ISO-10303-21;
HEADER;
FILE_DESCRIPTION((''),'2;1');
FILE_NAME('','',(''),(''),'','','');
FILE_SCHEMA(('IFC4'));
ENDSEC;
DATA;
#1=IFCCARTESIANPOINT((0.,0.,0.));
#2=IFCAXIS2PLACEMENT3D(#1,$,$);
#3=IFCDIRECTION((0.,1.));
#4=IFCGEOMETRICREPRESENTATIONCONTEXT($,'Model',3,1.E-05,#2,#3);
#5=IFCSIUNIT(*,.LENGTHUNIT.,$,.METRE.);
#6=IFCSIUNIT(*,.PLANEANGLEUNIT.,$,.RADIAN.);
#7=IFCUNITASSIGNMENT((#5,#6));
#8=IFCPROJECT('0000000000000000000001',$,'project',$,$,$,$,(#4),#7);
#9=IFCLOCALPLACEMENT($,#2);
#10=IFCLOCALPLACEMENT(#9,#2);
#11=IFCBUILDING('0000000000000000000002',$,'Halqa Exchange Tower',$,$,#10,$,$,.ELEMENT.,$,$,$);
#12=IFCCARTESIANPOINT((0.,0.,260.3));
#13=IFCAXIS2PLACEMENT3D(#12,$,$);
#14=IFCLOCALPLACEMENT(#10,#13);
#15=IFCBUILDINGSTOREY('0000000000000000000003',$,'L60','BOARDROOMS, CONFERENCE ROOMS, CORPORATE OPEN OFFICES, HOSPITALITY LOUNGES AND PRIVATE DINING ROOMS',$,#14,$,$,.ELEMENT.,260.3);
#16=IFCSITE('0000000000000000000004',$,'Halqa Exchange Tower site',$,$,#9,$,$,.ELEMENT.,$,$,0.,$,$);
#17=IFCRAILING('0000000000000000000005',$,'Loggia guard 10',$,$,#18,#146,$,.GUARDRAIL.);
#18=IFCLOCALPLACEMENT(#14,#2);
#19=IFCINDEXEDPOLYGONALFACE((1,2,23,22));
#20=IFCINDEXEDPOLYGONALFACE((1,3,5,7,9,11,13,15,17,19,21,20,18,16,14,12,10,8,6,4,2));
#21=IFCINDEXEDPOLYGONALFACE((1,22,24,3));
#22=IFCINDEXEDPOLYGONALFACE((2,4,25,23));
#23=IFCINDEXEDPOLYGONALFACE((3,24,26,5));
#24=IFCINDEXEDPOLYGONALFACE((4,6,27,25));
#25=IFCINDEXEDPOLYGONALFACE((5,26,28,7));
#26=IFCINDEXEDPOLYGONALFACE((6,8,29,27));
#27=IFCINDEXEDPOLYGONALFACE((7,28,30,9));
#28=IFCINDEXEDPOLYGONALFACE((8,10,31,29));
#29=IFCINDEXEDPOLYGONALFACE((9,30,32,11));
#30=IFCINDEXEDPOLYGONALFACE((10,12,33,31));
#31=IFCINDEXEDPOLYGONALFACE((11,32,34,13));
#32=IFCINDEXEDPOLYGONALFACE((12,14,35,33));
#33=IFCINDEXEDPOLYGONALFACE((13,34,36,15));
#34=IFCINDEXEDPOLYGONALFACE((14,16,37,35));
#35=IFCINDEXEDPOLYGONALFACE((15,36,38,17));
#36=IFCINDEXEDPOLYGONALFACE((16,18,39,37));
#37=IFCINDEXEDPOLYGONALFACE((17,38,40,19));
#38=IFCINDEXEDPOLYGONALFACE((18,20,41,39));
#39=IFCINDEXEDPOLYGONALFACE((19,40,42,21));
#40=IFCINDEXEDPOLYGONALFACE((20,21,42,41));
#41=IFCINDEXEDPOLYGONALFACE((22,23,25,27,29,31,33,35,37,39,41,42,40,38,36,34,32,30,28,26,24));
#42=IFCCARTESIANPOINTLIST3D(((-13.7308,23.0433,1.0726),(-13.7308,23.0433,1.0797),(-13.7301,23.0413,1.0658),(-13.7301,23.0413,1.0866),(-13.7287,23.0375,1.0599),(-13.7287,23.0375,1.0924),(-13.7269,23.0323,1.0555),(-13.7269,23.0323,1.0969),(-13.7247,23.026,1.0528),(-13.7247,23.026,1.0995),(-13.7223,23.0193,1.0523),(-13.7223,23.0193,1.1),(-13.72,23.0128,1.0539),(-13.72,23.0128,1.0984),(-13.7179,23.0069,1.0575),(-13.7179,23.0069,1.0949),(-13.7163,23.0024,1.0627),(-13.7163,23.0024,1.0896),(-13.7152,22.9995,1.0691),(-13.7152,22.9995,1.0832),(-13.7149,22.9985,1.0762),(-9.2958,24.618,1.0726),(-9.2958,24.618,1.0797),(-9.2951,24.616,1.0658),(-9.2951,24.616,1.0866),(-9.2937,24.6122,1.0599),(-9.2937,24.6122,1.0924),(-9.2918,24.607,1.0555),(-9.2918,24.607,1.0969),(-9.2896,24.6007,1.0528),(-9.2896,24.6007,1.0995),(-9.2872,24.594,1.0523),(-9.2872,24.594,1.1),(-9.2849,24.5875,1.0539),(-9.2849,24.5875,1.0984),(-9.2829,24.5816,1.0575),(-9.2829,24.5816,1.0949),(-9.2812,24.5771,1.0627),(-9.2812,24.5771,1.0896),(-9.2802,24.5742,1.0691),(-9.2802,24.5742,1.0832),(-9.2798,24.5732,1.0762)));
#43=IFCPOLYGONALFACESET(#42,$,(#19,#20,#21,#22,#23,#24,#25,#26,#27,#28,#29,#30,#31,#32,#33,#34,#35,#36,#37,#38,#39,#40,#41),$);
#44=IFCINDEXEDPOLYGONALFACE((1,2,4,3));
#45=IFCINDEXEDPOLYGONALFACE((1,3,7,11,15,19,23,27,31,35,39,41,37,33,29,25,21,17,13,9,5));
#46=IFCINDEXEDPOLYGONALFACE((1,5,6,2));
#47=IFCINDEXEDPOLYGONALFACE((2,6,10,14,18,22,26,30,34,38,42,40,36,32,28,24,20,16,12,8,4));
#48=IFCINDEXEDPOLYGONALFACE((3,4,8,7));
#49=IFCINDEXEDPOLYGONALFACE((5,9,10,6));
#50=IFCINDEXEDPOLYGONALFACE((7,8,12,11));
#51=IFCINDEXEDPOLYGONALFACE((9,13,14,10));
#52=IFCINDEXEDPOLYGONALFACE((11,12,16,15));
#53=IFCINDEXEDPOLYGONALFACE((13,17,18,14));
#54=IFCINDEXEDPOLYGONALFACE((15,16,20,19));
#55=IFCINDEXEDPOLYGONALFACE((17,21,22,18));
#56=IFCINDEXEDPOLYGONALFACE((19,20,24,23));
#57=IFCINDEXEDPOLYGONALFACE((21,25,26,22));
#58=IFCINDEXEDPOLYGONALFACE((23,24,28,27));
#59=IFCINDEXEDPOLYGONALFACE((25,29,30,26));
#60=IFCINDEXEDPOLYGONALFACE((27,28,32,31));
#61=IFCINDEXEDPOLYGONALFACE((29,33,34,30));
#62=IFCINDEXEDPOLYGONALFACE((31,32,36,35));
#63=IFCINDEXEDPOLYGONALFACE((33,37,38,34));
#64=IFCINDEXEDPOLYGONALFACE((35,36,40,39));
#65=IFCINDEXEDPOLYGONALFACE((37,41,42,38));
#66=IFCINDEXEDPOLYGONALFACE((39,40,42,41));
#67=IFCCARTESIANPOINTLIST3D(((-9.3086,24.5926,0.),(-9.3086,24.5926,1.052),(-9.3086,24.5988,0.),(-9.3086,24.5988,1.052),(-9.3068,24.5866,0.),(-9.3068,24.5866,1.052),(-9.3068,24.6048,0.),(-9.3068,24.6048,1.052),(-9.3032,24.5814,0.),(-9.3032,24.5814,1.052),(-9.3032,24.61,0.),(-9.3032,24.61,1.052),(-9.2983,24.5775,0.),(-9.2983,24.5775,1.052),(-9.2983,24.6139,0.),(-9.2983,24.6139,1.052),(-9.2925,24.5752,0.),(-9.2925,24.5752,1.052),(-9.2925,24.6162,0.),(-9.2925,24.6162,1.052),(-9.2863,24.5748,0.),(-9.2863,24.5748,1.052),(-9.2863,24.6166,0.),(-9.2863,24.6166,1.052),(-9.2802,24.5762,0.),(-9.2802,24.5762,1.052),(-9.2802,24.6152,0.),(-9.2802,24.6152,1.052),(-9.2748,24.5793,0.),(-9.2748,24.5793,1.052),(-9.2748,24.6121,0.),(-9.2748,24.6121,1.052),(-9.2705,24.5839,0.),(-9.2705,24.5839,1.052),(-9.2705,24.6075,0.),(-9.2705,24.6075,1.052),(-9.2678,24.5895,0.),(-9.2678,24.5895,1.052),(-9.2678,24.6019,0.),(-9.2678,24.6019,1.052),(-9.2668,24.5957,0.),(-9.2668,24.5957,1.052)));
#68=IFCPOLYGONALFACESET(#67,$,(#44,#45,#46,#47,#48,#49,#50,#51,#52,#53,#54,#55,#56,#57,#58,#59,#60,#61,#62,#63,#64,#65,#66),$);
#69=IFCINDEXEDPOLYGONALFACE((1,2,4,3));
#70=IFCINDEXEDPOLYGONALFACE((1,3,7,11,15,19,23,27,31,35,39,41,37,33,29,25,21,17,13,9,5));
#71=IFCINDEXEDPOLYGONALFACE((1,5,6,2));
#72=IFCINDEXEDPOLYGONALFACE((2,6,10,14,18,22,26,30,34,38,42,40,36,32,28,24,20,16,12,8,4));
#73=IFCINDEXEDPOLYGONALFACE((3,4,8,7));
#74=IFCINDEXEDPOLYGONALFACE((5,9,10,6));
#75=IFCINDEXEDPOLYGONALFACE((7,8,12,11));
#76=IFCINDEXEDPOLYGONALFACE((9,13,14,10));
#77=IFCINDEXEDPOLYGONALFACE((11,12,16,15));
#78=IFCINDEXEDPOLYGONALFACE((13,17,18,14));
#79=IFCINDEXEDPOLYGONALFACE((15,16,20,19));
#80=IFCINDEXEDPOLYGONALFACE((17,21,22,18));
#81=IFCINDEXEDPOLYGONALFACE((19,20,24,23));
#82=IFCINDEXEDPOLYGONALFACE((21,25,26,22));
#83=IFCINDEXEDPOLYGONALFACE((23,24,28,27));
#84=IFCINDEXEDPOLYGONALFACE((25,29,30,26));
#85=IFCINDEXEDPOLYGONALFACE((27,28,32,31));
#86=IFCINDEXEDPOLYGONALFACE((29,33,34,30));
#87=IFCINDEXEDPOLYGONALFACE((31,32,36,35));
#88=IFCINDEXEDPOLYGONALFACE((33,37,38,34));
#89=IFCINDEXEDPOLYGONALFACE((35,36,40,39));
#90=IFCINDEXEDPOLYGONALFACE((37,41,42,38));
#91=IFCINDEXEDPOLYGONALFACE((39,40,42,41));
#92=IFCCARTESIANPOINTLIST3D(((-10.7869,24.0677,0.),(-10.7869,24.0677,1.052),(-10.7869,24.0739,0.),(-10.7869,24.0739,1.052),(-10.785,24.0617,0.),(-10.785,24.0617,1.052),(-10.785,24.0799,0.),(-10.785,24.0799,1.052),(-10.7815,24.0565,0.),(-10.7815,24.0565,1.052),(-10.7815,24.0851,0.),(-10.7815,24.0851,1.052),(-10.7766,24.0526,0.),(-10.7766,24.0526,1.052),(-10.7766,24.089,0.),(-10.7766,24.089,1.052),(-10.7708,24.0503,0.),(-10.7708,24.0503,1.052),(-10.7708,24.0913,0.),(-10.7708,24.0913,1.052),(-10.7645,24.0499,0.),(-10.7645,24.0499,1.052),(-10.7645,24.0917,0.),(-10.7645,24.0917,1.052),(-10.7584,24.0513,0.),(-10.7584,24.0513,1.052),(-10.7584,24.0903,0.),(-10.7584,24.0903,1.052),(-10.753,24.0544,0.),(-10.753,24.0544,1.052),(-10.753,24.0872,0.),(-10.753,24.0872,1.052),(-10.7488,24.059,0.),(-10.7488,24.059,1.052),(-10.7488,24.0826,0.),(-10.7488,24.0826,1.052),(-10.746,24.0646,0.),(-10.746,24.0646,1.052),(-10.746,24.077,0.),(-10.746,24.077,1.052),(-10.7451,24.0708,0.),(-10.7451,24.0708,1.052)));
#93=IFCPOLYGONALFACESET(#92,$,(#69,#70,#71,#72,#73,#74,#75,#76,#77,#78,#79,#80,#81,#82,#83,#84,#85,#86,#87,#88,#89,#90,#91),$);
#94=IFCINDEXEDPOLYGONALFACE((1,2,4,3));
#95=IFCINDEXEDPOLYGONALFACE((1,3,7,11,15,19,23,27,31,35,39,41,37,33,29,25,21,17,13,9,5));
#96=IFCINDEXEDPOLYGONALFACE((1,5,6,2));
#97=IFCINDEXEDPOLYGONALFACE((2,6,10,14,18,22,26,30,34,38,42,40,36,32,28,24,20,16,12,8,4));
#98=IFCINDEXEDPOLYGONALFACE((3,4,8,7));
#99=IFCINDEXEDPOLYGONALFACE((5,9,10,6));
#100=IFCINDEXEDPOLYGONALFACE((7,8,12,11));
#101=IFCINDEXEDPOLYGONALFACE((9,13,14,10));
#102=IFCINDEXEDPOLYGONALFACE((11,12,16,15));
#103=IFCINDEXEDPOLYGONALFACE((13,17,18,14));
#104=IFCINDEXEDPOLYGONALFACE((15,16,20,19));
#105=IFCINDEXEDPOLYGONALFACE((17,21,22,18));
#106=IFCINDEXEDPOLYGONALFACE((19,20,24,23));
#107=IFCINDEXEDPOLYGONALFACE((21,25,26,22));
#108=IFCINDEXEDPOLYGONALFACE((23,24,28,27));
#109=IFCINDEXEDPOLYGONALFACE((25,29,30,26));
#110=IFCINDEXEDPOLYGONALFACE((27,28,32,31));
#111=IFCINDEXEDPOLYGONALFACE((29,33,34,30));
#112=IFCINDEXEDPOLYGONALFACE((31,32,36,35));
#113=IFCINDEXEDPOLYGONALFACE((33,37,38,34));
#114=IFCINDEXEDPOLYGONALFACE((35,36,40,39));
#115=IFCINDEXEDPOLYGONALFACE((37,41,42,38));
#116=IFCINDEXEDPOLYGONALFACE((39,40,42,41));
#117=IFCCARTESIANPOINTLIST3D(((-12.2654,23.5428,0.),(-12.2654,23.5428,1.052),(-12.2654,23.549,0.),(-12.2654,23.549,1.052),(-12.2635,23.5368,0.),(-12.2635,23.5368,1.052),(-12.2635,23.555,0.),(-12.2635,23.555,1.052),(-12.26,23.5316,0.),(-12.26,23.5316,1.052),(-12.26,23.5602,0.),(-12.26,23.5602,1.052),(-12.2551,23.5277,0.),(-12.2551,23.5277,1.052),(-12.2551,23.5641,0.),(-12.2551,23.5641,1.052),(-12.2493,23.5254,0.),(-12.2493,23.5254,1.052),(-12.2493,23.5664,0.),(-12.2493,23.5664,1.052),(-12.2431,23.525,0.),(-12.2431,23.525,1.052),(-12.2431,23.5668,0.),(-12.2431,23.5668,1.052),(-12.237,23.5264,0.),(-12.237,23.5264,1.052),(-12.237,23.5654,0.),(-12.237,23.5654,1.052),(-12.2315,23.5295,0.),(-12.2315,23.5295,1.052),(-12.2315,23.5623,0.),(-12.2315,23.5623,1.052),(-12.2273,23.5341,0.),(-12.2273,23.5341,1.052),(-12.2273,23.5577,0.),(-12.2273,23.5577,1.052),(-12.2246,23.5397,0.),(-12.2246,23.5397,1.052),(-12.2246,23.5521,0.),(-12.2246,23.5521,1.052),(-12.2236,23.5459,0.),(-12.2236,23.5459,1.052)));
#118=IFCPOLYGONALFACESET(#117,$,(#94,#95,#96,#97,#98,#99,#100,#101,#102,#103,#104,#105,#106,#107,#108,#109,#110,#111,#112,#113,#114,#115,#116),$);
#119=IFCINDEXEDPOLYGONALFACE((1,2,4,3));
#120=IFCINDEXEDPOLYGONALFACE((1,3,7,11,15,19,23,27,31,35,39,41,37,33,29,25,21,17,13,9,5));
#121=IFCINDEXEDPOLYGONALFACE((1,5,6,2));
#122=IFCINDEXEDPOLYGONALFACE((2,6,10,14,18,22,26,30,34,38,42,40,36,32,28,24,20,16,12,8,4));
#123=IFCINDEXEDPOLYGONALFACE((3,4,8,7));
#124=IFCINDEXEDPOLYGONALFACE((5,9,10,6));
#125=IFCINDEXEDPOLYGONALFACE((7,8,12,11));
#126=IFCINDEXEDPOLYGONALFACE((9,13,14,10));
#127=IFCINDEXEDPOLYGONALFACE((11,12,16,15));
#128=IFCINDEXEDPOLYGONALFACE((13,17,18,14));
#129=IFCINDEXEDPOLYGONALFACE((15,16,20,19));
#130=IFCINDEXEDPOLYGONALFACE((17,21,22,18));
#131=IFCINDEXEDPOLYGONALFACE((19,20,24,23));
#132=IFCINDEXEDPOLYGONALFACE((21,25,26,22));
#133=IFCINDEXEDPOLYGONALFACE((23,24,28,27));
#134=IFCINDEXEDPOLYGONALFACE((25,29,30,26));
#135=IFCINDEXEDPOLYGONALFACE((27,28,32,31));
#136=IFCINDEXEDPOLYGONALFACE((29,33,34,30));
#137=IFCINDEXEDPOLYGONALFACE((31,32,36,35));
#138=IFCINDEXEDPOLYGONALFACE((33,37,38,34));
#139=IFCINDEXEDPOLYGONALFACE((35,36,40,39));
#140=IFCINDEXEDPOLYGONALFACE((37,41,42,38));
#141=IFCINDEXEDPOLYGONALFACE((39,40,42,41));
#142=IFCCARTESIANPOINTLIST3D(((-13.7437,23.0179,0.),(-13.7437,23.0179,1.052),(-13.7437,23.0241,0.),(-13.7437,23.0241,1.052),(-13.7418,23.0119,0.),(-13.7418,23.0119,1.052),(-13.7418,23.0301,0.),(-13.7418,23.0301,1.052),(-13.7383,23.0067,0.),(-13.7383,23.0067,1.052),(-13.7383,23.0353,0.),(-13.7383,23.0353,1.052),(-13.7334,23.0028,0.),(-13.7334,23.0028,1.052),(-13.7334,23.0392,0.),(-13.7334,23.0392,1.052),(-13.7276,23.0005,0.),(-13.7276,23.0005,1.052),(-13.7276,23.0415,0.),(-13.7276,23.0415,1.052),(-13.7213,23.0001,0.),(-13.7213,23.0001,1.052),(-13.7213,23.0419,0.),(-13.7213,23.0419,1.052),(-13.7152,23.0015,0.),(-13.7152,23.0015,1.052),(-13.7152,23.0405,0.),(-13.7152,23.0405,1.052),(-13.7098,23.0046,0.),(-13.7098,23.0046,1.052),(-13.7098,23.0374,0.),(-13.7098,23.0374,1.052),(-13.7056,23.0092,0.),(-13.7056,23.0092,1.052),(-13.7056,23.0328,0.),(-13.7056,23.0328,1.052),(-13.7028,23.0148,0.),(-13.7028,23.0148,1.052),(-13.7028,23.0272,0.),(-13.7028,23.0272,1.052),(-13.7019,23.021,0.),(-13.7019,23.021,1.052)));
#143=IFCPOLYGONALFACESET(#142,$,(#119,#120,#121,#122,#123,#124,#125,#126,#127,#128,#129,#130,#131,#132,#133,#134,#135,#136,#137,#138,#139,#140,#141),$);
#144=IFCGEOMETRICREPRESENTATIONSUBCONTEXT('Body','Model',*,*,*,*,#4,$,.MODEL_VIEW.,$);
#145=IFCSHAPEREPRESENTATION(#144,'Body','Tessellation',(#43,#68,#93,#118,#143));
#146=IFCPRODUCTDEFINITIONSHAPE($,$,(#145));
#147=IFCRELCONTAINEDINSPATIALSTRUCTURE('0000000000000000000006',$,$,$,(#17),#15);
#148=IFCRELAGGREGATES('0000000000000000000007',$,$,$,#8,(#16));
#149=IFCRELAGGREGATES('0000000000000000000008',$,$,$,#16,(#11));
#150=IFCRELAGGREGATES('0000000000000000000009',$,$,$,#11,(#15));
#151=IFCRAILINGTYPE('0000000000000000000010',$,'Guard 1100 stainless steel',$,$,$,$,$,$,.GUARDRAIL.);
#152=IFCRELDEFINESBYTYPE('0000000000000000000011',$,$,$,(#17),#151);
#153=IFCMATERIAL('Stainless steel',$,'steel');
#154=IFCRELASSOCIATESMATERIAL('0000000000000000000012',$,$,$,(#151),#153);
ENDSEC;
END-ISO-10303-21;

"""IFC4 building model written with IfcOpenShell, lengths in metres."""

from ifc_helpers import new_model, si_unit, direction, frame, origin, origin_2d, place, context, subcontext, project, spatial, circle, extrude, material, type_object, element, save


model = new_model("IFC4")

# Units and contexts
model_context = context("Model", 3, precision=1e-05, world=origin(), true_north=direction((0.0, 1.0)))
body_context = subcontext(model_context, "Body", "Model", "MODEL_VIEW")
ifc_project = project(units=[si_unit("LENGTHUNIT", "METRE"), si_unit("PLANEANGLEUNIT", "RADIAN")], contexts=[model_context])

# Site, building, storey
site_placement = place(None, origin())
site = spatial("IfcSite", under=ifc_project, at=site_placement, Name="Halqa Exchange Tower site", CompositionType="ELEMENT", RefElevation=0.0)
building_placement = place(site_placement, origin())
building = spatial("IfcBuilding", under=site, at=building_placement, Name="Halqa Exchange Tower", CompositionType="ELEMENT")
storey_placement = place(building_placement, frame((0.0, 0.0, 260.3)))
storey = spatial("IfcBuildingStorey", under=building, at=storey_placement, Name="L60", Description="BOARDROOMS, CONFERENCE ROOMS, CORPORATE OPEN OFFICES, HOSPITALITY LOUNGES AND PRIVATE DINING ROOMS", CompositionType="ELEMENT", Elevation=260.3)

# Railing
ifc_material_1 = material(Name="Stainless steel", Category="steel")
railing_type_1 = type_object("IfcRailingType", Name="Guard 1100 stainless steel", PredefinedType="GUARDRAIL", material=ifc_material_1)
railing_1_placement = place(storey_placement, frame((-9.2878, 24.5957, 0.0)))
element("IfcRailing", 1, at=railing_1_placement, inside=storey, type_object=railing_type_1, Name="Loggia guard 10", PredefinedType="GUARDRAIL", context=body_context, shape_type="SweptSolid", body=[
    extrude(circle(Radius=0.0239, at=origin_2d()), frame((0.0, 0.0, 1.0762), z_axis=(-0.942362, -0.334594, 0.0), x_axis=(0.334594, -0.942362, 0.0)), (0.0, 0.0, 1.0), 4.7063),
    extrude(circle(Radius=0.021, at=origin_2d()), origin(), (0.0, 0.0, 1.0), 1.052),
    extrude(circle(Radius=0.021, at=origin_2d()), frame((-1.4783, -0.5249, 0.0)), (0.0, 0.0, 1.0), 1.052),
    extrude(circle(Radius=0.021, at=origin_2d()), frame((-2.9568, -1.0498, 0.0)), (0.0, 0.0, 1.0), 1.052),
    extrude(circle(Radius=0.021, at=origin_2d()), frame((-4.4351, -1.5747, 0.0)), (0.0, 0.0, 1.0), 1.052),
])

save(model, "model.ifc")
